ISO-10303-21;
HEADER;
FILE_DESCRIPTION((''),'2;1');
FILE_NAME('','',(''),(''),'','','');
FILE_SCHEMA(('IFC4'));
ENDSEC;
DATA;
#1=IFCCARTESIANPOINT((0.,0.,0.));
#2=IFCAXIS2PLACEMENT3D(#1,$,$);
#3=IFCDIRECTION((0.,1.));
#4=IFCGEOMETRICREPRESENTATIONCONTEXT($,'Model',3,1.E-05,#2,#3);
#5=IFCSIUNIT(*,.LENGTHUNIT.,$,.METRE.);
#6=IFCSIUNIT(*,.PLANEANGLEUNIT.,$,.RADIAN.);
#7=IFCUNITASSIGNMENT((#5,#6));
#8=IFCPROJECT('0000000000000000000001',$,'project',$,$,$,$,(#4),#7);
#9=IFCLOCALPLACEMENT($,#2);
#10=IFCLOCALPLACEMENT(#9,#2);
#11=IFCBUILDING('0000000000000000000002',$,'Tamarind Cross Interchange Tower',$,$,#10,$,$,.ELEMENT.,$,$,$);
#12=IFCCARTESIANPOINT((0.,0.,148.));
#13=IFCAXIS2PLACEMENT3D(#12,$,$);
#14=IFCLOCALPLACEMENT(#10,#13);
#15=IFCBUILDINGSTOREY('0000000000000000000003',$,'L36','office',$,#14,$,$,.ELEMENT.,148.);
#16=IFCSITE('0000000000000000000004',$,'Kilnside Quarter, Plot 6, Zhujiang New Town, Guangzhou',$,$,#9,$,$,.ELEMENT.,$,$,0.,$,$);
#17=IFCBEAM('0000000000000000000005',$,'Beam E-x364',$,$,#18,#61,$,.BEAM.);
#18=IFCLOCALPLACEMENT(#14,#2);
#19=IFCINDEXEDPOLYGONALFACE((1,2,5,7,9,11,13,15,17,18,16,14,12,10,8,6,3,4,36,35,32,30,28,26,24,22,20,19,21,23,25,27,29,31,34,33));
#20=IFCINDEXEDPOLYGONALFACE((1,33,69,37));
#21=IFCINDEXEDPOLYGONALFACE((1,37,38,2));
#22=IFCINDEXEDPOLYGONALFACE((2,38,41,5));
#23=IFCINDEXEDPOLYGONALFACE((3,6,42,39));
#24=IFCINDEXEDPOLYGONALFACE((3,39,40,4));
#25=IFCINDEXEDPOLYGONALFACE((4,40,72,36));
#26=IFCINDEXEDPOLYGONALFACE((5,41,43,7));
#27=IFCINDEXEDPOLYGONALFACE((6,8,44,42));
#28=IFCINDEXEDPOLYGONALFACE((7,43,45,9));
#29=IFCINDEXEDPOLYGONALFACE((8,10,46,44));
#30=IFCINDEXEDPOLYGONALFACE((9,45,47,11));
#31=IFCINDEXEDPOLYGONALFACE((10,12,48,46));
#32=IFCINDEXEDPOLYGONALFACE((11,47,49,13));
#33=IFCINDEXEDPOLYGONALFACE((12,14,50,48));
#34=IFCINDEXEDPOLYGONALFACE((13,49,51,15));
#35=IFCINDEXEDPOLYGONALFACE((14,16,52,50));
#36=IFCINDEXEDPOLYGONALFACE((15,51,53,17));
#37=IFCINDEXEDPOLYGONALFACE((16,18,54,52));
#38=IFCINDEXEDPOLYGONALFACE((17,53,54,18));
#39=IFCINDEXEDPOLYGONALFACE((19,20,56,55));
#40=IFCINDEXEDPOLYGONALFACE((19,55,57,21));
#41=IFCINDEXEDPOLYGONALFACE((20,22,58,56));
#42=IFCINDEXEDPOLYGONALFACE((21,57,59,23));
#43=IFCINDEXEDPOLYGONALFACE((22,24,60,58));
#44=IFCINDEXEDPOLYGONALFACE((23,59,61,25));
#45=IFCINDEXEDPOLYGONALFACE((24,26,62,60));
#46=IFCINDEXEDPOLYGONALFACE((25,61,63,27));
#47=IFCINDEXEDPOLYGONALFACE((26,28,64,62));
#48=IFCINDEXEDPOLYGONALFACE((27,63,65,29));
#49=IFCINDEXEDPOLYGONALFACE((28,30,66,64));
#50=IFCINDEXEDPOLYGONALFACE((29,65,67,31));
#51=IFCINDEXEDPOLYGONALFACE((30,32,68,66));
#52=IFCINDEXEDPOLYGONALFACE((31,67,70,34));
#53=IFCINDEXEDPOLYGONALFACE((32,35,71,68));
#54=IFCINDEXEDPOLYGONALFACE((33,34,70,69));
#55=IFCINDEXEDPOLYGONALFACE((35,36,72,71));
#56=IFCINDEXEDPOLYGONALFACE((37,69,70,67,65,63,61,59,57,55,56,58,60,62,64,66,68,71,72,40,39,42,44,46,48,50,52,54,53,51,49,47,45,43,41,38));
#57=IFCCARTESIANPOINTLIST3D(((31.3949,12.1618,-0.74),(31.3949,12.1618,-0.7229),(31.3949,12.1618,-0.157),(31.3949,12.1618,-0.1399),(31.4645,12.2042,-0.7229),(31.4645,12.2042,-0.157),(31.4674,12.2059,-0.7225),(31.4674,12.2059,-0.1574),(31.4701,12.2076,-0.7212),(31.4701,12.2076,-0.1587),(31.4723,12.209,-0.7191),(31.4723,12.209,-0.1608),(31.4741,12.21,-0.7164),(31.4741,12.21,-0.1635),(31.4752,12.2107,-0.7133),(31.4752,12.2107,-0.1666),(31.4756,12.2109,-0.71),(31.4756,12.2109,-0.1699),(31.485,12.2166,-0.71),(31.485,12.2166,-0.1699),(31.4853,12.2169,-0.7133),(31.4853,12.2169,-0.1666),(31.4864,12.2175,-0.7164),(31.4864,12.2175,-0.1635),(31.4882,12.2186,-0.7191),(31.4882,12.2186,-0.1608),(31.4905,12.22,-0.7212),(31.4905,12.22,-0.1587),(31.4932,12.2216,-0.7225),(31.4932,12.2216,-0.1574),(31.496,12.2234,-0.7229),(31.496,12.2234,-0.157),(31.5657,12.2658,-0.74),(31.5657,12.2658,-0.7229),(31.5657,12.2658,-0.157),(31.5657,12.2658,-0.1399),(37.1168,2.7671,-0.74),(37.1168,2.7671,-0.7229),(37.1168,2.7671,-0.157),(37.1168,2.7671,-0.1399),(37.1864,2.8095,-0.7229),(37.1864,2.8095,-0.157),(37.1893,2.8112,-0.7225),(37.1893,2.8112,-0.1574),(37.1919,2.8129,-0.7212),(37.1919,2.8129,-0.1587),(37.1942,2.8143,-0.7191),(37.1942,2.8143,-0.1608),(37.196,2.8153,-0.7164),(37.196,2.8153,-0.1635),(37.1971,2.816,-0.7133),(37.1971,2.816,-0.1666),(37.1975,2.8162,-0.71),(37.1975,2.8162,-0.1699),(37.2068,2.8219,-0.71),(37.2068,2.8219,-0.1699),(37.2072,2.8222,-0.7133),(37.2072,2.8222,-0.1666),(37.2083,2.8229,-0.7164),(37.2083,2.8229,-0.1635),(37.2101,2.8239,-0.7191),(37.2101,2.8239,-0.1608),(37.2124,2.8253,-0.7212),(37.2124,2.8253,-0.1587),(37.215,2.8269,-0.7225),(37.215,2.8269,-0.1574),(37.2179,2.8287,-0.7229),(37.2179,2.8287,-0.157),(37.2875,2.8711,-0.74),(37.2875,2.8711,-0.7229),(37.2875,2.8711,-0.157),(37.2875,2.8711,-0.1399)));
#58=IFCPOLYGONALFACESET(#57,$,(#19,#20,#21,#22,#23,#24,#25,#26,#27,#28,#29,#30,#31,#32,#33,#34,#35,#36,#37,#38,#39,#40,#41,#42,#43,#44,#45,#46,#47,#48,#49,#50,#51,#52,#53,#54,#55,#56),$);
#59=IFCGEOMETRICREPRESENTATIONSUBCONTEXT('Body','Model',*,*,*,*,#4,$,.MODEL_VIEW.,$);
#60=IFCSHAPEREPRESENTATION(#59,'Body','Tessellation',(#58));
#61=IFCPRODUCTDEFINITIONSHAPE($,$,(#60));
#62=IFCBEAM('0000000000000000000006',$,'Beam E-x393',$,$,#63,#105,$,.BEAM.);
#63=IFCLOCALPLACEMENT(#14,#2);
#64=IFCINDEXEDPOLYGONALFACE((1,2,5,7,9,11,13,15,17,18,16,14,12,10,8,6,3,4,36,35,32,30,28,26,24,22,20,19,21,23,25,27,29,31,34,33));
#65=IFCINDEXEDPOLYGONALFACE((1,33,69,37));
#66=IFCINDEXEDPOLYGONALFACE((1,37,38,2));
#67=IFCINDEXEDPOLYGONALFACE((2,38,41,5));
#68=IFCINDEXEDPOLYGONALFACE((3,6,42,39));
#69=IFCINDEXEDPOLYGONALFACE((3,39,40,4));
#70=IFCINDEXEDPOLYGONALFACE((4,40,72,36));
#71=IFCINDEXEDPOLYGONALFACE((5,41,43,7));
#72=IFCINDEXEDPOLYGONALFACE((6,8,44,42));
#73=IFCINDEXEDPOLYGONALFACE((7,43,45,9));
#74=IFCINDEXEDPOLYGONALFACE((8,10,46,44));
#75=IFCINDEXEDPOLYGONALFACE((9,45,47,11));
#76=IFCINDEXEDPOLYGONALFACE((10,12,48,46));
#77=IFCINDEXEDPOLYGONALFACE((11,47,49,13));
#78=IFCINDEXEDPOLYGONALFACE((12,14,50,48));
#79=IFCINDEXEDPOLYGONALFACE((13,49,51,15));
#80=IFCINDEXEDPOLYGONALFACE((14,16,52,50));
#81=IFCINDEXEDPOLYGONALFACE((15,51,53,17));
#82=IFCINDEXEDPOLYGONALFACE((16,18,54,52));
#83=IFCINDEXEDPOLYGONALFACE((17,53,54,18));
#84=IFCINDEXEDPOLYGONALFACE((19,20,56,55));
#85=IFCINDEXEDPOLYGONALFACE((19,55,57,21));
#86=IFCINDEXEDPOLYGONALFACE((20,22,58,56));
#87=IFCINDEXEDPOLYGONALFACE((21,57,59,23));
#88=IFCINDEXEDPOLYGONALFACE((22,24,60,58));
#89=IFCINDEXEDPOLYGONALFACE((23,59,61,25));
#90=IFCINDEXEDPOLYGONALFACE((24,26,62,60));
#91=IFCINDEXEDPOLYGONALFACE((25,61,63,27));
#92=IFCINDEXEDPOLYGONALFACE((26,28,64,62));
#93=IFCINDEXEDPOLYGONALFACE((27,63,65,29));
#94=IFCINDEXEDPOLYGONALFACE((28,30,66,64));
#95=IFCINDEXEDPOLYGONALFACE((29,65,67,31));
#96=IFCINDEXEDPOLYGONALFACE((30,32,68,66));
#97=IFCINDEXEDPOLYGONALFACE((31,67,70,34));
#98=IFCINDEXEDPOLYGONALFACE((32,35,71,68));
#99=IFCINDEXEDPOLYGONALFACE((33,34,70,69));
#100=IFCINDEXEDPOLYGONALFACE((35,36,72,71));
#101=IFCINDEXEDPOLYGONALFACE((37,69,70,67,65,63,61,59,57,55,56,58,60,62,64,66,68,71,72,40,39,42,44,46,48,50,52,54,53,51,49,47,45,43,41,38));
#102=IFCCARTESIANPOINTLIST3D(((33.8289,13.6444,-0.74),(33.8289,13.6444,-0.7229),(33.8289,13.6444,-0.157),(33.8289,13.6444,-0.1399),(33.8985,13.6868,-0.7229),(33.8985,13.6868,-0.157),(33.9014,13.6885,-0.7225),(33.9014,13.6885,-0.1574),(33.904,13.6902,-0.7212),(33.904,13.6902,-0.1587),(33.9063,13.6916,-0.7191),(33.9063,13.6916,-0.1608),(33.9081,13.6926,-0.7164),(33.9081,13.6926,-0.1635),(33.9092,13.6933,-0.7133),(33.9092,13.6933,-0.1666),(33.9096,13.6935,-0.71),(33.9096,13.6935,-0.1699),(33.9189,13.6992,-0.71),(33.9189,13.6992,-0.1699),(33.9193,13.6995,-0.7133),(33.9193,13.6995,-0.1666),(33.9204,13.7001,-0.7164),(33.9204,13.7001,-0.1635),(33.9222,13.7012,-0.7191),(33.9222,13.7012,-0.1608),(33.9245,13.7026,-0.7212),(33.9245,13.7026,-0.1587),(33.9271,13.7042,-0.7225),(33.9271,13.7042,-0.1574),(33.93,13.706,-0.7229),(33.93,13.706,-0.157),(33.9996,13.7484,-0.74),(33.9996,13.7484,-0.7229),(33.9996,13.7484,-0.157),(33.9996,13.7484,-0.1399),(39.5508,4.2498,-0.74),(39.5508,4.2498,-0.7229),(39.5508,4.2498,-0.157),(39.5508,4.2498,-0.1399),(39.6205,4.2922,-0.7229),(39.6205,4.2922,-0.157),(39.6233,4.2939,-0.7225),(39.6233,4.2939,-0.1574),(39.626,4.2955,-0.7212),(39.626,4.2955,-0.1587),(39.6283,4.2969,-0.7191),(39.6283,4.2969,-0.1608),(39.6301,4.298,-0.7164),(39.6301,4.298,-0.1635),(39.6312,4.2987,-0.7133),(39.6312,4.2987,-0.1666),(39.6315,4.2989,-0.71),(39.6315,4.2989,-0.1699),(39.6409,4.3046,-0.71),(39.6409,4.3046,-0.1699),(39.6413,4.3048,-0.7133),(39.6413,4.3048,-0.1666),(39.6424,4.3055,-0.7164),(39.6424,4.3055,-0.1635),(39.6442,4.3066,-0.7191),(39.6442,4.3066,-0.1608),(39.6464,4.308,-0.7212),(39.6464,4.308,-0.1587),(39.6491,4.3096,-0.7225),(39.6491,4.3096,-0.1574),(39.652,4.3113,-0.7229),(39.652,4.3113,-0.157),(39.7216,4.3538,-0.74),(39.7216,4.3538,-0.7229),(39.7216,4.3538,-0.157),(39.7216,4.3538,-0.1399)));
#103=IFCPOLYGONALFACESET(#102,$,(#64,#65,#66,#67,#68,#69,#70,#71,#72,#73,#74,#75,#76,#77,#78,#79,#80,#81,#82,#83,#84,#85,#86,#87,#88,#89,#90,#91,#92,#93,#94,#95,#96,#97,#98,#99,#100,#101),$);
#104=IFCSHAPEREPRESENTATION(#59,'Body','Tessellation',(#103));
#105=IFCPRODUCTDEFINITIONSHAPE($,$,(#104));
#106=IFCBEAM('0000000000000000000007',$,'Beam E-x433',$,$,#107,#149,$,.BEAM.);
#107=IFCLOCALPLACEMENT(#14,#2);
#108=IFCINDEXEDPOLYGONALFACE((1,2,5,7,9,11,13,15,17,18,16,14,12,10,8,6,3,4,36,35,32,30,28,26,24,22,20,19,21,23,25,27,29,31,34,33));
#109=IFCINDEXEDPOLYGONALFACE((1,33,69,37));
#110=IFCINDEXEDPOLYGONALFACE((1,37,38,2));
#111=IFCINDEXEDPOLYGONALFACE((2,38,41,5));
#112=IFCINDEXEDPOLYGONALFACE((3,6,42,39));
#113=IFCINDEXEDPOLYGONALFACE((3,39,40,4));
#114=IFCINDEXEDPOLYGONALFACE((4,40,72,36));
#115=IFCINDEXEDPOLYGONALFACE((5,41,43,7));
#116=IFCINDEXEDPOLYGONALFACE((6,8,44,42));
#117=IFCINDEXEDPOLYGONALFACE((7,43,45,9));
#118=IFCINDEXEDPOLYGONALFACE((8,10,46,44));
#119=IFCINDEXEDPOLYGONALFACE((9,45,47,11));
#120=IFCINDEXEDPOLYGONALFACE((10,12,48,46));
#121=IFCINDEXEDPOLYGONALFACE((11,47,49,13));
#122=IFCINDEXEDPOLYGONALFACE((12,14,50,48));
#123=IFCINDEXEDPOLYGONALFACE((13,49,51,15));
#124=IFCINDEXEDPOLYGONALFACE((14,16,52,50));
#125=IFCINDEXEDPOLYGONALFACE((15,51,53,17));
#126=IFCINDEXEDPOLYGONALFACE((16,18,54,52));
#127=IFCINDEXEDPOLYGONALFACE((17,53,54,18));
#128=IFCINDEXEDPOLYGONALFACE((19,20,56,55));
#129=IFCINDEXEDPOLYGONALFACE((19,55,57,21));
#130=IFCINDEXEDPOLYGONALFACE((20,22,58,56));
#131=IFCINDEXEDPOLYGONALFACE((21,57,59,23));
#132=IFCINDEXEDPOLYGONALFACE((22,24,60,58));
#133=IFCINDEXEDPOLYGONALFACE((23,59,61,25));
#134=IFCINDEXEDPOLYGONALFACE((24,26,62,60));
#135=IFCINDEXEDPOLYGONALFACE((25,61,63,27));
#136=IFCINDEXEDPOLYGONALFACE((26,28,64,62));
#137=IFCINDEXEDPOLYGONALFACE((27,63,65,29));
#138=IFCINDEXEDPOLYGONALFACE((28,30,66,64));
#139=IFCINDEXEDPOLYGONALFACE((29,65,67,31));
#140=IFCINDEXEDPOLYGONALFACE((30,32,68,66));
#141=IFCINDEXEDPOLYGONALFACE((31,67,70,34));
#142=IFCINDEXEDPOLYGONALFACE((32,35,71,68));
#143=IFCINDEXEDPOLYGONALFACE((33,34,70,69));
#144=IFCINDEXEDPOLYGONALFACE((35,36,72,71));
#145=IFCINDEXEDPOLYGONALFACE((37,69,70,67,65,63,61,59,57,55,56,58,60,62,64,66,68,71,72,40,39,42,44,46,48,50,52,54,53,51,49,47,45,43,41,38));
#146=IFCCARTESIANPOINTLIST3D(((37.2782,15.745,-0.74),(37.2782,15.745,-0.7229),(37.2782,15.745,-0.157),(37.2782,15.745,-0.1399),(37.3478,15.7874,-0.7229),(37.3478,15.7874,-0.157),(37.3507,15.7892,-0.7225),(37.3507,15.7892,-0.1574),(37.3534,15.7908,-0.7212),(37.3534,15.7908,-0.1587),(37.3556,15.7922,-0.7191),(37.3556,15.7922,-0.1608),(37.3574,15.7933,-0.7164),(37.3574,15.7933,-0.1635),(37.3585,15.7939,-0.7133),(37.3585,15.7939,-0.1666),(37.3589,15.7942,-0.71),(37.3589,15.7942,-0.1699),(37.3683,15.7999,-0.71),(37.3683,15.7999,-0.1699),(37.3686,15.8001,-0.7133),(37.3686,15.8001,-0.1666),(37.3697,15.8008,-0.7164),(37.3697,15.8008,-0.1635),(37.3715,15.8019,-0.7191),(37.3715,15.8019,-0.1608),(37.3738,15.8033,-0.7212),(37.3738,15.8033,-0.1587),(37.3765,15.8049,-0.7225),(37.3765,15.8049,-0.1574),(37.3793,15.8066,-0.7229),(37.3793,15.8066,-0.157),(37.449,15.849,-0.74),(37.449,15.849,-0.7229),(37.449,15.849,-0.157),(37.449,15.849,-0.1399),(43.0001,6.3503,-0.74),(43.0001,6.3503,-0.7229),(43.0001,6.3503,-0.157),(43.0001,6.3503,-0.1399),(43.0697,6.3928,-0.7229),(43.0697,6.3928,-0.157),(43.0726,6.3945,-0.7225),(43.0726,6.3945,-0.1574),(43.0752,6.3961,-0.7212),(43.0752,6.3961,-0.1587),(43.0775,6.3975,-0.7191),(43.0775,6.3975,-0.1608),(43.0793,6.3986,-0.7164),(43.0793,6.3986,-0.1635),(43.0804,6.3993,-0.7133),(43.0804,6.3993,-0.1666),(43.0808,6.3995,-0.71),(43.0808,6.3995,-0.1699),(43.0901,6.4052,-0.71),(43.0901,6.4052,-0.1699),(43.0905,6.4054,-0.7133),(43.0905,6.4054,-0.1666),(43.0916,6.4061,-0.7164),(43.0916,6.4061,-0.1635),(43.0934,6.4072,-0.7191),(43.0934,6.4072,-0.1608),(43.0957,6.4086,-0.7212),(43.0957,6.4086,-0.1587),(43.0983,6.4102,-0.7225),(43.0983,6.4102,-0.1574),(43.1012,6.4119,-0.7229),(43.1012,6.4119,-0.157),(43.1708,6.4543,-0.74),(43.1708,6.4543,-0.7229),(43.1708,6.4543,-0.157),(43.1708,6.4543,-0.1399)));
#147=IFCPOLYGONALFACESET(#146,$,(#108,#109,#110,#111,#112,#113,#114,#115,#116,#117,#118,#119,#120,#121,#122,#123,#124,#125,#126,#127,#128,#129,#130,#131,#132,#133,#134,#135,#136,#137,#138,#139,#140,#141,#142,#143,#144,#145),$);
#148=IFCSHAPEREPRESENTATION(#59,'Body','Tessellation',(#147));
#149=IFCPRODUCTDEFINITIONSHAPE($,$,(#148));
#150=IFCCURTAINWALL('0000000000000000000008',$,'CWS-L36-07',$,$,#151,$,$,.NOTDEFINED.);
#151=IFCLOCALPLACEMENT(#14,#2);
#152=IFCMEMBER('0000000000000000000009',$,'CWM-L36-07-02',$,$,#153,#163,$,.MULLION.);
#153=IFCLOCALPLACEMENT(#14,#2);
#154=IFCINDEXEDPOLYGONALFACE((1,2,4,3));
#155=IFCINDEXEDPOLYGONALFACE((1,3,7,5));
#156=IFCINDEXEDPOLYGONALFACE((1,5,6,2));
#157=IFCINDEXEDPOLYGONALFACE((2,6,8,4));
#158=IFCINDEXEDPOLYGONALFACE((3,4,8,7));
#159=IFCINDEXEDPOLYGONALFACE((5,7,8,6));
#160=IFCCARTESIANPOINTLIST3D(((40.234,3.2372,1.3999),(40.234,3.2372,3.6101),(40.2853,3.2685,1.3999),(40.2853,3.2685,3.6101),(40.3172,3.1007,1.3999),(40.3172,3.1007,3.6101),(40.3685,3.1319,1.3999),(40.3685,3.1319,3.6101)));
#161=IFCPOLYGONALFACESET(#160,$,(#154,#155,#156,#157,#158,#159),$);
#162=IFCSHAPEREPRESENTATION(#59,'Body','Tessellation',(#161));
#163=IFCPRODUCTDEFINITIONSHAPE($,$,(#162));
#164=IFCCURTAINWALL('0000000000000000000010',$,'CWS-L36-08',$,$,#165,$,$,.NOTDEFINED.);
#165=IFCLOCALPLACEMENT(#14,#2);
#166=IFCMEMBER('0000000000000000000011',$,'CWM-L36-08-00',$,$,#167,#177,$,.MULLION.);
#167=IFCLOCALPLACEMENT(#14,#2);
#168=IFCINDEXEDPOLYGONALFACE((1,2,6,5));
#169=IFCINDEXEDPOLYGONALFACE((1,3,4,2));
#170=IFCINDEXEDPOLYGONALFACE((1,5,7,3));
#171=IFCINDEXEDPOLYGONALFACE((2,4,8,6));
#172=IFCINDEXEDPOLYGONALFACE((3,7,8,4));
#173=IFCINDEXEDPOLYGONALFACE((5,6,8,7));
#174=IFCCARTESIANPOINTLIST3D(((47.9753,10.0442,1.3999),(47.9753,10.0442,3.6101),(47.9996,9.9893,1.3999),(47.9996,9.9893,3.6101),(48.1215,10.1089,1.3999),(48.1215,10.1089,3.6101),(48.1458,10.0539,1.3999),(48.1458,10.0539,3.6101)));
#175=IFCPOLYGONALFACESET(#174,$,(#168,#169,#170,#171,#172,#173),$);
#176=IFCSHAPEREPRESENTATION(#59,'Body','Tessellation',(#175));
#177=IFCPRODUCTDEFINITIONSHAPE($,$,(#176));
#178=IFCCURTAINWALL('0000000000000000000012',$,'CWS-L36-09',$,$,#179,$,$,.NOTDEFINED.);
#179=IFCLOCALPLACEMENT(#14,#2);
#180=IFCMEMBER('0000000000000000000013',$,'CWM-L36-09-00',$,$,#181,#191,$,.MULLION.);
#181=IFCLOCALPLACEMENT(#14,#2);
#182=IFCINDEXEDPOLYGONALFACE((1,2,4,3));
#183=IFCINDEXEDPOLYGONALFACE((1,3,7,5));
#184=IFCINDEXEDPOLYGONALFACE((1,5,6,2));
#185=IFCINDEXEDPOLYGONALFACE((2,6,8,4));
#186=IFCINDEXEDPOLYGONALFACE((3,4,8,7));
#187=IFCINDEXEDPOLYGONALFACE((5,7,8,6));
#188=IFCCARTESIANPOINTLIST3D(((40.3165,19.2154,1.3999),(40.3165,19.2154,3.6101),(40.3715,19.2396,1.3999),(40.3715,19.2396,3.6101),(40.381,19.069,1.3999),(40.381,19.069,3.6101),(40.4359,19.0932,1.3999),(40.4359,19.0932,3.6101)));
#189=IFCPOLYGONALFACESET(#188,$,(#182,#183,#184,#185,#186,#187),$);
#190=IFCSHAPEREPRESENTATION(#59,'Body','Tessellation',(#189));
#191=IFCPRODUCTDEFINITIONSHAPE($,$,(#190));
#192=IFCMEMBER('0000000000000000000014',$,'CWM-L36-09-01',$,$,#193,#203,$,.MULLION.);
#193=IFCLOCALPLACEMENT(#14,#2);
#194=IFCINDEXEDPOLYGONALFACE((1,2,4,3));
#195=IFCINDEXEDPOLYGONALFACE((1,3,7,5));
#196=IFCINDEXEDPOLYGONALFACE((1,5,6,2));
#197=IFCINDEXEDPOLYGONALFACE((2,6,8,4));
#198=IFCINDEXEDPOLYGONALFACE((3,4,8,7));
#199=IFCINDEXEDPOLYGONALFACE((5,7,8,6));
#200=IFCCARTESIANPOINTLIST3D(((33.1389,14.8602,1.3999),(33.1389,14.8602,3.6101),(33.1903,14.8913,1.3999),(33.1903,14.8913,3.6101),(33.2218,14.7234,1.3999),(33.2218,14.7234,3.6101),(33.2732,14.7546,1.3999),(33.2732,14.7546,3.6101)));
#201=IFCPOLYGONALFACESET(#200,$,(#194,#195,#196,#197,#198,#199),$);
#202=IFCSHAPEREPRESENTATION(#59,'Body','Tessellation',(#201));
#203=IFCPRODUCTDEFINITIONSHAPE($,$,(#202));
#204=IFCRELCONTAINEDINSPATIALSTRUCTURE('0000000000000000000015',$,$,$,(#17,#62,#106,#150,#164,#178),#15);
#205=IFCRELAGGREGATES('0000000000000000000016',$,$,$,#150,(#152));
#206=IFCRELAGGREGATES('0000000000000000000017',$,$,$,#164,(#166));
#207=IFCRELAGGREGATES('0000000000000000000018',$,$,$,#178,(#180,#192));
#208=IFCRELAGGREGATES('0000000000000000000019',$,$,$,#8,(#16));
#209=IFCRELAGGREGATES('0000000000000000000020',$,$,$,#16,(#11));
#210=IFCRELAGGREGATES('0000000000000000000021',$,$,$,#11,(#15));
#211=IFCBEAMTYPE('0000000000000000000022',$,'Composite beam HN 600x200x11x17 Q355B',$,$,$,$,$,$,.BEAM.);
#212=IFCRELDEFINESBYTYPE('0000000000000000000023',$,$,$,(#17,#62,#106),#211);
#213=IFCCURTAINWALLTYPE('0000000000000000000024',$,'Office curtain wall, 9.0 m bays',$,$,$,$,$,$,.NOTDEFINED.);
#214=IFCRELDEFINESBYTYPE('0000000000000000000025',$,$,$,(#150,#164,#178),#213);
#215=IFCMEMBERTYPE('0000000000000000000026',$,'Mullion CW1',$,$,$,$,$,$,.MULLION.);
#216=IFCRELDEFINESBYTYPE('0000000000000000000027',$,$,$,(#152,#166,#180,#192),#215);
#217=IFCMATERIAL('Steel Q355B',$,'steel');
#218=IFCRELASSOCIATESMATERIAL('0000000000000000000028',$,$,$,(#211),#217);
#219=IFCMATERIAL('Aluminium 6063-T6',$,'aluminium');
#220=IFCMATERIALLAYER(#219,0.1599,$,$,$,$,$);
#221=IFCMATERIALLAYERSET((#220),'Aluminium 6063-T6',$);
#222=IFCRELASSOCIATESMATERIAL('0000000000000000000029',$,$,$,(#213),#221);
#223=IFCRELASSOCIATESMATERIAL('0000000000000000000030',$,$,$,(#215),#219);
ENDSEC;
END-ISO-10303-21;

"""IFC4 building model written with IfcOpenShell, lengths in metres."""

from ifc_helpers import new_model, si_unit, direction, frame, origin, origin_2d, place, context, subcontext, project, spatial, rectangle, i_section, extrude, material, layer, layer_set, material_profile, profile_set, type_object, element, aggregate, save


model = new_model("IFC4")

# Units and contexts
model_context = context("Model", 3, precision=1e-05, world=origin(), true_north=direction((0.0, 1.0)))
body_context = subcontext(model_context, "Body", "Model", "MODEL_VIEW")
ifc_project = project(units=[si_unit("LENGTHUNIT", "METRE"), si_unit("PLANEANGLEUNIT", "RADIAN")], contexts=[model_context])

# Site, building, storey
site_placement = place(None, origin())
site = spatial("IfcSite", under=ifc_project, at=site_placement, Name="Kilnside Quarter, Plot 6, Zhujiang New Town, Guangzhou", CompositionType="ELEMENT", RefElevation=0.0)
building_placement = place(site_placement, origin())
building = spatial("IfcBuilding", under=site, at=building_placement, Name="Tamarind Cross Interchange Tower", CompositionType="ELEMENT")
storey_placement = place(building_placement, frame((0.0, 0.0, 148.0)))
storey = spatial("IfcBuildingStorey", under=building, at=storey_placement, Name="L36", Description="office", CompositionType="ELEMENT", Elevation=148.0)

# Beams
ifc_material_1 = material(Name="Steel Q355B", Category="steel")
ifc_material_profile_1 = material_profile(ifc_material_1, i_section(OverallWidth=0.2, OverallDepth=0.6001, WebThickness=0.011, FlangeThickness=0.0171, FilletRadius=0.0129, at=origin_2d()), Name="HN 600x200x11x17")
ifc_profile_set_1 = profile_set([ifc_material_profile_1], Name="Steel Q355B")
beam_type_1 = type_object("IfcBeamType", Name="Composite beam HN 600x200x11x17 Q355B", PredefinedType="BEAM", material=ifc_profile_set_1)
for number, where, z_axis, x_axis, name in (
    (1, (37.2021, 2.8191, -0.4399), (-0.52017, 0.854063, 0.0), (-0.854063, -0.52017, 0.0), "Beam E-x364"),
    (2, (39.6362, 4.3018, -0.4399), (-0.52018, 0.854057, 0.0), (-0.854057, -0.52018, 0.0), "Beam E-x393"),
    (3, (43.0854, 6.4023, -0.4399), (-0.52017, 0.854063, 0.0), (-0.854063, -0.52017, 0.0), "Beam E-x433"),
):
    element("IfcBeam", number, at=place(storey_placement, frame(where, z_axis=z_axis, x_axis=x_axis)), inside=storey, type_object=beam_type_1, Name=name, PredefinedType="BEAM", context=body_context, shape_type="SweptSolid", body=[
        extrude(i_section(OverallWidth=0.2, OverallDepth=0.6001, WebThickness=0.011, FlangeThickness=0.0171, FilletRadius=0.0129, at=origin_2d()), origin(), (0.0, 0.0, 1.0), 11.0),
    ])

# Curtain walls, members
ifc_material_2 = material(Name="Aluminium 6063-T6", Category="aluminium")
ifc_layer_1 = layer(ifc_material_2, 0.1599)
ifc_layer_set_1 = layer_set([ifc_layer_1], Name="Aluminium 6063-T6")
curtain_wall_type = type_object("IfcCurtainWallType", Name="Office curtain wall, 9.0 m bays", PredefinedType="NOTDEFINED", material=ifc_layer_set_1)
curtain_wall_1_placement = place(storey_placement, origin())
curtain_wall_1 = element("IfcCurtainWall", 4, at=curtain_wall_1_placement, inside=storey, type_object=curtain_wall_type, Name="CWS-L36-07", PredefinedType="NOTDEFINED")
ifc_material_profile_2 = material_profile(ifc_material_2, rectangle(XDim=0.0601, YDim=0.1599, at=origin_2d()), Name="Mullion CW1")
ifc_profile_set_2 = profile_set([ifc_material_profile_2], Name="Aluminium 6063-T6")
member_type = type_object("IfcMemberType", Name="Mullion CW1", PredefinedType="MULLION", material=ifc_profile_set_2)
member_1_placement = place(storey_placement, frame((40.3013, 3.1846, 1.3999), z_axis=(0.0, 0.0, 1.0), x_axis=(0.85406, 0.520175, 0.0)))
member_1 = element("IfcMember", 5, at=member_1_placement, type_object=member_type, Name="CWM-L36-07-02", PredefinedType="MULLION", context=body_context, shape_type="SweptSolid", body=[
    extrude(rectangle(XDim=0.0601, YDim=0.1599, at=origin_2d()), origin(), (0.0, 0.0, 1.0), 2.2102),
])
aggregate(curtain_wall_1, [member_1])
curtain_wall_2_placement = place(storey_placement, origin())
curtain_wall_2 = element("IfcCurtainWall", 6, at=curtain_wall_2_placement, inside=storey, type_object=curtain_wall_type, Name="CWS-L36-08", PredefinedType="NOTDEFINED")
member_2_placement = place(storey_placement, frame((48.0605, 10.0491, 1.3999), z_axis=(0.0, 0.0, 1.0), x_axis=(-0.404248, 0.914649, 0.0)))
member_2 = element("IfcMember", 7, at=member_2_placement, type_object=member_type, Name="CWM-L36-08-00", PredefinedType="MULLION", context=body_context, shape_type="SweptSolid", body=[
    extrude(rectangle(XDim=0.0601, YDim=0.1599, at=origin_2d()), origin(), (0.0, 0.0, 1.0), 2.2102),
])
aggregate(curtain_wall_2, [member_2])

# Curtain wall, members
curtain_wall_3_placement = place(storey_placement, origin())
curtain_wall_3 = element("IfcCurtainWall", 8, at=curtain_wall_3_placement, inside=storey, type_object=curtain_wall_type, Name="CWS-L36-09", PredefinedType="NOTDEFINED")
member_3_placement = place(storey_placement, frame((40.3762, 19.1543, 1.3999), z_axis=(0.0, 0.0, 1.0), x_axis=(-0.915063, -0.403311, 0.0)))
member_3 = element("IfcMember", 9, at=member_3_placement, type_object=member_type, Name="CWM-L36-09-00", PredefinedType="MULLION", context=body_context, shape_type="SweptSolid", body=[
    extrude(rectangle(XDim=0.0601, YDim=0.1599, at=origin_2d()), origin(), (0.0, 0.0, 1.0), 2.2102),
])
member_4_placement = place(storey_placement, frame((33.2061, 14.8074, 1.3999), z_axis=(0.0, 0.0, 1.0), x_axis=(-0.855123, -0.518425, 0.0)))
member_4 = element("IfcMember", 10, at=member_4_placement, type_object=member_type, Name="CWM-L36-09-01", PredefinedType="MULLION", context=body_context, shape_type="SweptSolid", body=[
    extrude(rectangle(XDim=0.0601, YDim=0.1599, at=origin_2d()), origin(), (0.0, 0.0, 1.0), 2.2102),
])
aggregate(curtain_wall_3, [member_3, member_4])

save(model, "model.ifc")
